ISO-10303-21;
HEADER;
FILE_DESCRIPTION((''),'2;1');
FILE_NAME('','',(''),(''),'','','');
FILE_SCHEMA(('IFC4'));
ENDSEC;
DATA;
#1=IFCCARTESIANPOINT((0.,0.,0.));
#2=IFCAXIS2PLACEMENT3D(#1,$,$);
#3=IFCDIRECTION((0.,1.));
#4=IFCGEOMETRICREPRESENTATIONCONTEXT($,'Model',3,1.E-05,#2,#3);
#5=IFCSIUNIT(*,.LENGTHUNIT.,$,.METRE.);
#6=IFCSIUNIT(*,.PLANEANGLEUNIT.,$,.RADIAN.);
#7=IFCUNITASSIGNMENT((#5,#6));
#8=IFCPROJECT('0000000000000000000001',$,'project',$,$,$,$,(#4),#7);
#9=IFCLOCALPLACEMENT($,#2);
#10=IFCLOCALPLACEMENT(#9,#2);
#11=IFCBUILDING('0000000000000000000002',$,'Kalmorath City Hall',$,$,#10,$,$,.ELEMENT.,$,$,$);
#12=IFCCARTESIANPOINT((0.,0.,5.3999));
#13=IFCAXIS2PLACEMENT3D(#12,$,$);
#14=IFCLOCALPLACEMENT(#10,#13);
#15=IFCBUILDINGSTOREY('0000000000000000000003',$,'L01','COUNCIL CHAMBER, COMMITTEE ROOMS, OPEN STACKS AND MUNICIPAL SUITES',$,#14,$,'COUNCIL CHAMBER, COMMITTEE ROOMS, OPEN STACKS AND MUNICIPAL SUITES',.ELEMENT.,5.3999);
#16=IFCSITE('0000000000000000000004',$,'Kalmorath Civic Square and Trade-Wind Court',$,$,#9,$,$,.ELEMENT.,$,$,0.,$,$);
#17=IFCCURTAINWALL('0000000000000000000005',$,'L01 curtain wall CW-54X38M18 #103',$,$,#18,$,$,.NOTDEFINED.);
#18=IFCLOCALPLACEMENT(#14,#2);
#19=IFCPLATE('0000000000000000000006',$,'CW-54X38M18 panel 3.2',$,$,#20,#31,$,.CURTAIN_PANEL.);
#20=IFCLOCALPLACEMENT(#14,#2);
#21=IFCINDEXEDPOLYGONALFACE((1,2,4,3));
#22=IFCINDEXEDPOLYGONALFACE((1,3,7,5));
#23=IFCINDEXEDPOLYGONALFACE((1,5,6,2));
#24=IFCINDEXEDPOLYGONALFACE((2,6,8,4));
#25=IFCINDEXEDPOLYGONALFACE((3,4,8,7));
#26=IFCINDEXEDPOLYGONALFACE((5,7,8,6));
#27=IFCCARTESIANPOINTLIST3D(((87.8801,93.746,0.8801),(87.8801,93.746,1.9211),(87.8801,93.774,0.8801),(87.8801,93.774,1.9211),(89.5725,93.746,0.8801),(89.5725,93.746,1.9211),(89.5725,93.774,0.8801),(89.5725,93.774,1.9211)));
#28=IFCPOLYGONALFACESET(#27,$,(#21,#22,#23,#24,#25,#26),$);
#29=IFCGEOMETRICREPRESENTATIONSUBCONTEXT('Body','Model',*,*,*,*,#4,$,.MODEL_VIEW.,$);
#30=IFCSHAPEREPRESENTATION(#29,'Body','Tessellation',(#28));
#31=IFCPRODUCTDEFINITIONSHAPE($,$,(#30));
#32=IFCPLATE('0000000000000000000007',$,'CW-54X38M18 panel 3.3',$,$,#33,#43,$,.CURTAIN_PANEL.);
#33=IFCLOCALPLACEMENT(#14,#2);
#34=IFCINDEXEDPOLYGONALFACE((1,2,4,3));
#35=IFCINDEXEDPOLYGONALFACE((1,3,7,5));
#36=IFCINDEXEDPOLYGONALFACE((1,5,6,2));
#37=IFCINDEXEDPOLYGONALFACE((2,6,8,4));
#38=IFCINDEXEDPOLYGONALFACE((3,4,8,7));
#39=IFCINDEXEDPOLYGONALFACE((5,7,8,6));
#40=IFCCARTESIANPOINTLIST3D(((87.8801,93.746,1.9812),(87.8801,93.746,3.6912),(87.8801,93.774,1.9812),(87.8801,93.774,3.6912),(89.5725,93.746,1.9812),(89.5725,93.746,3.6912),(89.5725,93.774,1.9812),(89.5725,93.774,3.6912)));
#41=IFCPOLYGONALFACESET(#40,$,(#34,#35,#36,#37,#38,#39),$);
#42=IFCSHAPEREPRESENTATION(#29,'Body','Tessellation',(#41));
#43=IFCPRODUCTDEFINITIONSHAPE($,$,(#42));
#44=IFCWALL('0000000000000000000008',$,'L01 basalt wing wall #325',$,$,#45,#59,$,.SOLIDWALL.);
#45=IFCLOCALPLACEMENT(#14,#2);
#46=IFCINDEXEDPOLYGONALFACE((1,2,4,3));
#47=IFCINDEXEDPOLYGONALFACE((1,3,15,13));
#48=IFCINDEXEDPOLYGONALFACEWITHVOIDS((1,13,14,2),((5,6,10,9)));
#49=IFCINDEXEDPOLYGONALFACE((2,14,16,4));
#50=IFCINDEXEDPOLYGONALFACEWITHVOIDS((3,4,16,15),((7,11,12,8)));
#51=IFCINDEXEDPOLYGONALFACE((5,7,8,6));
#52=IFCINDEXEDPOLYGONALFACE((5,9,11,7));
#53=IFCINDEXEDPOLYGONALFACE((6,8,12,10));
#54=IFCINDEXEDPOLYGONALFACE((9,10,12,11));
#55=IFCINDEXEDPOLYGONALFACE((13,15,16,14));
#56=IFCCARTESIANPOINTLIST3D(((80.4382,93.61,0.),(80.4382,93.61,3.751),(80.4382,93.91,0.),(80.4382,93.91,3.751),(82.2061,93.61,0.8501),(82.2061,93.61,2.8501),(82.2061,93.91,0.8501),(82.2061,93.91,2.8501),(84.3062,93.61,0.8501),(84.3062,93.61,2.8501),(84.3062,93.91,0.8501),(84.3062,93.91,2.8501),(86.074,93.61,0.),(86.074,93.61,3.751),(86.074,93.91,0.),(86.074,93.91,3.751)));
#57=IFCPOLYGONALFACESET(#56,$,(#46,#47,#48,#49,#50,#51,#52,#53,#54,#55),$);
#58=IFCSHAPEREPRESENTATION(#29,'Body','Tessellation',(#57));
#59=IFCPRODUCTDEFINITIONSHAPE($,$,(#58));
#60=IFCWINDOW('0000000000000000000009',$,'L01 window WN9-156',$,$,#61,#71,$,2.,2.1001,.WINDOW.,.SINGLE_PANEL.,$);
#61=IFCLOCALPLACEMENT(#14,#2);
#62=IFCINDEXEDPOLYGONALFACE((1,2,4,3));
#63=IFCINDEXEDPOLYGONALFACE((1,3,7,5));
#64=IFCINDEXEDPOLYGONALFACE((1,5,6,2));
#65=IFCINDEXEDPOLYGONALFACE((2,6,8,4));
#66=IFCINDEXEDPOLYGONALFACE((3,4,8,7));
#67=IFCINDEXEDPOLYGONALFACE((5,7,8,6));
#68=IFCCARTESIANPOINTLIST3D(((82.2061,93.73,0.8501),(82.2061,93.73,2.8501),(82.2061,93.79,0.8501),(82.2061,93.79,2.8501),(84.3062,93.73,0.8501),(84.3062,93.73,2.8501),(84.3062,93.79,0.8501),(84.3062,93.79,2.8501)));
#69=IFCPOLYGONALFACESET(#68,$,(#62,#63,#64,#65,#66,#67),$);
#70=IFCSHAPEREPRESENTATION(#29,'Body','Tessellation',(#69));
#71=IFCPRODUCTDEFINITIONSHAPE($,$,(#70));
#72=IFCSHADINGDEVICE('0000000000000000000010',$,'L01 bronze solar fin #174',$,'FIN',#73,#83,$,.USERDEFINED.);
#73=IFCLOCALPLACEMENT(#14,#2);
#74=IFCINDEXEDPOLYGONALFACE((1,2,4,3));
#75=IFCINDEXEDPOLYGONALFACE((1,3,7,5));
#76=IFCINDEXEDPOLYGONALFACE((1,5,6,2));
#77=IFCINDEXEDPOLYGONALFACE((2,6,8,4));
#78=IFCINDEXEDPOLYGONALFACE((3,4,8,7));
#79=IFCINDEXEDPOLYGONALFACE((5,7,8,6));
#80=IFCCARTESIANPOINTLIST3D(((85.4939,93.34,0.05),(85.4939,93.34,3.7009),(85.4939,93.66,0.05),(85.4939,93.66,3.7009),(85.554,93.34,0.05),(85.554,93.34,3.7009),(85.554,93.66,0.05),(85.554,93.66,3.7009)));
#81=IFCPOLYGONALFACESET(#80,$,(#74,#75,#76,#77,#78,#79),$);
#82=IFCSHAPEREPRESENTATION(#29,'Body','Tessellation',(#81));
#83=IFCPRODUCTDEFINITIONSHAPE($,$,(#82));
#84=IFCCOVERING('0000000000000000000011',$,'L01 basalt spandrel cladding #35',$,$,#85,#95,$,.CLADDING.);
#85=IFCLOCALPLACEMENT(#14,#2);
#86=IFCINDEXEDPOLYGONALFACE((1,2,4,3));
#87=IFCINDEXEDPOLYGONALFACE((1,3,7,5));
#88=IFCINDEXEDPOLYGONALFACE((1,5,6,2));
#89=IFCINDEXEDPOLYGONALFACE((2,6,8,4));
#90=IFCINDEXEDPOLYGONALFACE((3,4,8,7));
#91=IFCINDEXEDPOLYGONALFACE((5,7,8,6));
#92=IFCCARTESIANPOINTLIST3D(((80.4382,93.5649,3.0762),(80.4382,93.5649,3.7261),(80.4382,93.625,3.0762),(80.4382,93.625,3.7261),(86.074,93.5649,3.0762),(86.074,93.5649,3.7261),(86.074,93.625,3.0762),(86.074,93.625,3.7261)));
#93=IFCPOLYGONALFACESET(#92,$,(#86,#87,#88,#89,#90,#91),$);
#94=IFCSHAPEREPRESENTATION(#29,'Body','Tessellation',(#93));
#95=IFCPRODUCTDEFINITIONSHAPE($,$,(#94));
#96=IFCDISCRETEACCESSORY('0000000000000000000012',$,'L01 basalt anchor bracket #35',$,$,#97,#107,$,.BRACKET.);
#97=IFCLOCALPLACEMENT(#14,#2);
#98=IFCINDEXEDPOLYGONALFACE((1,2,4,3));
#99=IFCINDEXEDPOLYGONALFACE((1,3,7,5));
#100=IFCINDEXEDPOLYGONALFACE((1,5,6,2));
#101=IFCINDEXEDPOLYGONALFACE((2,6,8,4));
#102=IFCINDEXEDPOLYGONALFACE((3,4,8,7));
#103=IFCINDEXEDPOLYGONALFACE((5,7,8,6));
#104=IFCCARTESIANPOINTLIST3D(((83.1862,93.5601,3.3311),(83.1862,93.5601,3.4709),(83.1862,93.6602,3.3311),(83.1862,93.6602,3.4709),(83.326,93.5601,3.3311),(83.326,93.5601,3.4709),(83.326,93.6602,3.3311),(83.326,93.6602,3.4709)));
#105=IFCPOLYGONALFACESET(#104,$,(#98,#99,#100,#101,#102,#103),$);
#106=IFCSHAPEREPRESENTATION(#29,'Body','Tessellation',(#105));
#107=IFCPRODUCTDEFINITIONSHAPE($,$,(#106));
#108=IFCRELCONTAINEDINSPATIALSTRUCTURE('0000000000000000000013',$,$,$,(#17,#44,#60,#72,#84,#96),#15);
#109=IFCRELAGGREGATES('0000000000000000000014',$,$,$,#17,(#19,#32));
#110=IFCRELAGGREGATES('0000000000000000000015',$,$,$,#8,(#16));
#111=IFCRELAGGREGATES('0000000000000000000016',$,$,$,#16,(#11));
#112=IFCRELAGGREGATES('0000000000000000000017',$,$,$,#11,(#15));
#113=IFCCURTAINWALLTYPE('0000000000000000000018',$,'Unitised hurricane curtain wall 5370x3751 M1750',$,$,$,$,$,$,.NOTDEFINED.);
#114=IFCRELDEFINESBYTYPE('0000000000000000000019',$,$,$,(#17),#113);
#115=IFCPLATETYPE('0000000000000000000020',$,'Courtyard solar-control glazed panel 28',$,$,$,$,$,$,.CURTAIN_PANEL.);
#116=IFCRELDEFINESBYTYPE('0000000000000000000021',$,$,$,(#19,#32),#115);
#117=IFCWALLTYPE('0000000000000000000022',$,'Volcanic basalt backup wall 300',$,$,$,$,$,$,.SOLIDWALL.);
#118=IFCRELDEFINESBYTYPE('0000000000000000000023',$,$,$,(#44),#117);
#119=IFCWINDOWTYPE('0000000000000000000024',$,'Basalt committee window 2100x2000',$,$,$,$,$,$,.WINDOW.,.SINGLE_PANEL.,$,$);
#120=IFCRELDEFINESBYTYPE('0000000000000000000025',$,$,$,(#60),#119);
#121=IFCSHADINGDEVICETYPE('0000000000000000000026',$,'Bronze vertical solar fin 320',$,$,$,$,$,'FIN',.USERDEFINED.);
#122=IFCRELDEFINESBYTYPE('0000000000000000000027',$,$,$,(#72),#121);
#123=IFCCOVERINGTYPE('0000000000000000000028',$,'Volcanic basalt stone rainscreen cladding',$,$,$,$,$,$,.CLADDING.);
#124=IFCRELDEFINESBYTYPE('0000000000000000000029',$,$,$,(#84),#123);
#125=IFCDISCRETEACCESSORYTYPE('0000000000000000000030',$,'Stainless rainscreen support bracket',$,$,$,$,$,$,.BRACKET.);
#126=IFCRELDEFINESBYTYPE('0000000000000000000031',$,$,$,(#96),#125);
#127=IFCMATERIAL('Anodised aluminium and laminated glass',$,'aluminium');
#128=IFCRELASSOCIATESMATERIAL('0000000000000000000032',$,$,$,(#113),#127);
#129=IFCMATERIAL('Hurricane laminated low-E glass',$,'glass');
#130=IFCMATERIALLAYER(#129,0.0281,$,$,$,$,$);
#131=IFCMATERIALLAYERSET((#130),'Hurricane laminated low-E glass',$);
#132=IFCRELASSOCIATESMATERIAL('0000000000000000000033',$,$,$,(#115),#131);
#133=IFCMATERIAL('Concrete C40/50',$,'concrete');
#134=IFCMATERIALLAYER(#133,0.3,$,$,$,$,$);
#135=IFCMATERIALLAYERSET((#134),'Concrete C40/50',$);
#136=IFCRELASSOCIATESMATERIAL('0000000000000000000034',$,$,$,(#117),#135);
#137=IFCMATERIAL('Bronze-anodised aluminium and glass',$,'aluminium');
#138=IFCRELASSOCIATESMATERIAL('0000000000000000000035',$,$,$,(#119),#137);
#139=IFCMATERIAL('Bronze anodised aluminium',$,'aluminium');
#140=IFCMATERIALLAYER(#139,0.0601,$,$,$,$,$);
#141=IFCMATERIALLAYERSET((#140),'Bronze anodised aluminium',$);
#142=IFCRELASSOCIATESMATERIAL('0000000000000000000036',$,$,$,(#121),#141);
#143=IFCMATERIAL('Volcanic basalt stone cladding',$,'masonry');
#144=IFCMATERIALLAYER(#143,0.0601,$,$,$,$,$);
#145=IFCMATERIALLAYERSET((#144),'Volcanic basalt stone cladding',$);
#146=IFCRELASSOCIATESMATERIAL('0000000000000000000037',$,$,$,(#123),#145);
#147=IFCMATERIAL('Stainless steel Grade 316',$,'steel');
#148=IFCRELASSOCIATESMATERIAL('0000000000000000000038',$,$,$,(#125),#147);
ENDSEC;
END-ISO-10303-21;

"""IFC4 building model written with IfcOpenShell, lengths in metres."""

from ifc_helpers import new_model, si_unit, direction, frame, frame_2d, origin, origin_2d, place, context, subcontext, project, spatial, rectangle, extrude, material, layer, layer_set, type_object, element, fill, aggregate, save


model = new_model("IFC4")

# Units and contexts
model_context = context("Model", 3, precision=1e-05, world=origin(), true_north=direction((0.0, 1.0)))
body_context = subcontext(model_context, "Body", "Model", "MODEL_VIEW")
ifc_project = project(units=[si_unit("LENGTHUNIT", "METRE"), si_unit("PLANEANGLEUNIT", "RADIAN")], contexts=[model_context])

# Site, building, storey
site_placement = place(None, origin())
site = spatial("IfcSite", under=ifc_project, at=site_placement, Name="Kalmorath Civic Square and Trade-Wind Court", CompositionType="ELEMENT", RefElevation=0.0)
building_placement = place(site_placement, origin())
building = spatial("IfcBuilding", under=site, at=building_placement, Name="Kalmorath City Hall", CompositionType="ELEMENT")
storey_placement = place(building_placement, frame((0.0, 0.0, 5.3999)))
storey = spatial("IfcBuildingStorey", under=building, at=storey_placement, Name="L01", Description="COUNCIL CHAMBER, COMMITTEE ROOMS, OPEN STACKS AND MUNICIPAL SUITES", LongName="COUNCIL CHAMBER, COMMITTEE ROOMS, OPEN STACKS AND MUNICIPAL SUITES", CompositionType="ELEMENT", Elevation=5.3999)

# Curtain wall
ifc_material_1 = material(Name="Anodised aluminium and laminated glass", Category="aluminium")
curtain_wall_type = type_object("IfcCurtainWallType", Name="Unitised hurricane curtain wall 5370x3751 M1750", PredefinedType="NOTDEFINED", material=ifc_material_1)
curtain_wall_placement = place(storey_placement, origin())
curtain_wall = element("IfcCurtainWall", 1, at=curtain_wall_placement, inside=storey, type_object=curtain_wall_type, Name="L01 curtain wall CW-54X38M18 #103", PredefinedType="NOTDEFINED")

# Plates
ifc_material_2 = material(Name="Hurricane laminated low-E glass", Category="glass")
ifc_layer_1 = layer(ifc_material_2, 0.0281)
ifc_layer_set_1 = layer_set([ifc_layer_1], Name="Hurricane laminated low-E glass")
plate_type = type_object("IfcPlateType", Name="Courtyard solar-control glazed panel 28", PredefinedType="CURTAIN_PANEL", material=ifc_layer_set_1)
plate_1_placement = place(storey_placement, frame((88.7263, 93.76, 0.8801), z_axis=(0.0, 0.0, 1.0), x_axis=(-1.0, 0.0, 0.0)))
plate_1 = element("IfcPlate", 2, at=plate_1_placement, type_object=plate_type, Name="CW-54X38M18 panel 3.2", PredefinedType="CURTAIN_PANEL", context=body_context, shape_type="SweptSolid", body=[
    extrude(rectangle(XDim=1.6924, YDim=0.0281, at=origin_2d()), origin(), (0.0, 0.0, 1.0), 1.041),
])
plate_2_placement = place(storey_placement, frame((88.7263, 93.76, 1.9812), z_axis=(0.0, 0.0, 1.0), x_axis=(-1.0, 0.0, 0.0)))
plate_2 = element("IfcPlate", 3, at=plate_2_placement, type_object=plate_type, Name="CW-54X38M18 panel 3.3", PredefinedType="CURTAIN_PANEL", context=body_context, shape_type="SweptSolid", body=[
    extrude(rectangle(XDim=1.6924, YDim=0.0281, at=origin_2d()), origin(), (0.0, 0.0, 1.0), 1.71),
])
aggregate(curtain_wall, [plate_1, plate_2])

# Wall, opening, window
ifc_material_3 = material(Name="Concrete C40/50", Category="concrete")
ifc_layer_2 = layer(ifc_material_3, 0.3)
ifc_layer_set_2 = layer_set([ifc_layer_2], Name="Concrete C40/50")
wall_type = type_object("IfcWallType", Name="Volcanic basalt backup wall 300", PredefinedType="SOLIDWALL", material=ifc_layer_set_2)
wall_placement = place(storey_placement, frame((86.074, 93.76, 0.0), z_axis=(0.0, 0.0, 1.0), x_axis=(-1.0, 0.0, 0.0)))
wall = element("IfcWall", 4, at=wall_placement, inside=storey, type_object=wall_type, Name="L01 basalt wing wall #325", PredefinedType="SOLIDWALL", context=body_context, shape_type="SweptSolid", body=[
    extrude(rectangle(XDim=5.6357, YDim=0.3, at=frame_2d((2.8179, 0.0))), origin(), (0.0, 0.0, 1.0), 3.751),
])
opening_placement = place(wall_placement, frame((1.7678, 0.0, 0.8501)))
opening = element("IfcOpeningElement", 5, at=opening_placement, cuts=wall, PredefinedType="OPENING", context=body_context, shape_type="SweptSolid", body=[
    extrude(rectangle(XDim=2.1001, YDim=2.0, at=frame_2d((1.05, 1.0))), frame((0.0, 0.1599, 0.0), z_axis=(0.0, -1.0, 0.0), x_axis=(1.0, 0.0, 0.0)), (0.0, 0.0, 1.0), 0.3201),
])
ifc_material_4 = material(Name="Bronze-anodised aluminium and glass", Category="aluminium")
window_type = type_object("IfcWindowType", Name="Basalt committee window 2100x2000", PartitioningType="SINGLE_PANEL", PredefinedType="WINDOW", material=ifc_material_4)
window_placement = place(opening_placement, origin())
window = element("IfcWindow", 6, at=window_placement, inside=storey, type_object=window_type, Name="L01 window WN9-156", OverallHeight=2.0, OverallWidth=2.1001, PartitioningType="SINGLE_PANEL", PredefinedType="WINDOW", context=body_context, shape_type="SweptSolid", body=[
    extrude(rectangle(XDim=2.1001, YDim=2.0, at=frame_2d((1.05, 1.0))), frame((0.0, 0.03, 0.0), z_axis=(0.0, -1.0, 0.0), x_axis=(1.0, 0.0, 0.0)), (0.0, 0.0, 1.0), 0.0601),
])
fill(opening, window)

# Shading device
ifc_material_5 = material(Name="Bronze anodised aluminium", Category="aluminium")
ifc_layer_3 = layer(ifc_material_5, 0.0601)
ifc_layer_set_3 = layer_set([ifc_layer_3], Name="Bronze anodised aluminium")
shading_device_type = type_object("IfcShadingDeviceType", Name="Bronze vertical solar fin 320", ElementType="FIN", PredefinedType="USERDEFINED", material=ifc_layer_set_3)
shading_device_placement = place(storey_placement, frame((85.5239, 93.5, 0.05), z_axis=(0.0, 0.0, 1.0), x_axis=(-1.0, 0.0, 0.0)))
element("IfcShadingDevice", 7, at=shading_device_placement, inside=storey, type_object=shading_device_type, Name="L01 bronze solar fin #174", ObjectType="FIN", PredefinedType="USERDEFINED", context=body_context, shape_type="SweptSolid", body=[
    extrude(rectangle(XDim=0.0601, YDim=0.3201, at=origin_2d()), origin(), (0.0, 0.0, 1.0), 3.6509),
])

# Covering
ifc_material_6 = material(Name="Volcanic basalt stone cladding", Category="masonry")
ifc_layer_4 = layer(ifc_material_6, 0.0601)
ifc_layer_set_4 = layer_set([ifc_layer_4], Name="Volcanic basalt stone cladding")
covering_type = type_object("IfcCoveringType", Name="Volcanic basalt stone rainscreen cladding", PredefinedType="CLADDING", material=ifc_layer_set_4)
covering_placement = place(storey_placement, frame((83.2561, 93.595, 3.0762), z_axis=(0.0, 0.0, 1.0), x_axis=(-1.0, 0.0, 0.0)))
element("IfcCovering", 8, at=covering_placement, inside=storey, type_object=covering_type, Name="L01 basalt spandrel cladding #35", PredefinedType="CLADDING", context=body_context, shape_type="SweptSolid", body=[
    extrude(rectangle(XDim=5.6357, YDim=0.0601, at=origin_2d()), origin(), (0.0, 0.0, 1.0), 0.6499),
])

# Discrete accessory
ifc_material_7 = material(Name="Stainless steel Grade 316", Category="steel")
discrete_accessory_type = type_object("IfcDiscreteAccessoryType", Name="Stainless rainscreen support bracket", PredefinedType="BRACKET", material=ifc_material_7)
discrete_accessory_placement = place(storey_placement, frame((83.2561, 93.6101, 3.3311), z_axis=(0.0, 0.0, 1.0), x_axis=(-1.0, 0.0, 0.0)))
element("IfcDiscreteAccessory", 9, at=discrete_accessory_placement, inside=storey, type_object=discrete_accessory_type, Name="L01 basalt anchor bracket #35", PredefinedType="BRACKET", context=body_context, shape_type="SweptSolid", body=[
    extrude(rectangle(XDim=0.1399, YDim=0.1001, at=origin_2d()), origin(), (0.0, 0.0, 1.0), 0.1399),
])

save(model, "model.ifc")
